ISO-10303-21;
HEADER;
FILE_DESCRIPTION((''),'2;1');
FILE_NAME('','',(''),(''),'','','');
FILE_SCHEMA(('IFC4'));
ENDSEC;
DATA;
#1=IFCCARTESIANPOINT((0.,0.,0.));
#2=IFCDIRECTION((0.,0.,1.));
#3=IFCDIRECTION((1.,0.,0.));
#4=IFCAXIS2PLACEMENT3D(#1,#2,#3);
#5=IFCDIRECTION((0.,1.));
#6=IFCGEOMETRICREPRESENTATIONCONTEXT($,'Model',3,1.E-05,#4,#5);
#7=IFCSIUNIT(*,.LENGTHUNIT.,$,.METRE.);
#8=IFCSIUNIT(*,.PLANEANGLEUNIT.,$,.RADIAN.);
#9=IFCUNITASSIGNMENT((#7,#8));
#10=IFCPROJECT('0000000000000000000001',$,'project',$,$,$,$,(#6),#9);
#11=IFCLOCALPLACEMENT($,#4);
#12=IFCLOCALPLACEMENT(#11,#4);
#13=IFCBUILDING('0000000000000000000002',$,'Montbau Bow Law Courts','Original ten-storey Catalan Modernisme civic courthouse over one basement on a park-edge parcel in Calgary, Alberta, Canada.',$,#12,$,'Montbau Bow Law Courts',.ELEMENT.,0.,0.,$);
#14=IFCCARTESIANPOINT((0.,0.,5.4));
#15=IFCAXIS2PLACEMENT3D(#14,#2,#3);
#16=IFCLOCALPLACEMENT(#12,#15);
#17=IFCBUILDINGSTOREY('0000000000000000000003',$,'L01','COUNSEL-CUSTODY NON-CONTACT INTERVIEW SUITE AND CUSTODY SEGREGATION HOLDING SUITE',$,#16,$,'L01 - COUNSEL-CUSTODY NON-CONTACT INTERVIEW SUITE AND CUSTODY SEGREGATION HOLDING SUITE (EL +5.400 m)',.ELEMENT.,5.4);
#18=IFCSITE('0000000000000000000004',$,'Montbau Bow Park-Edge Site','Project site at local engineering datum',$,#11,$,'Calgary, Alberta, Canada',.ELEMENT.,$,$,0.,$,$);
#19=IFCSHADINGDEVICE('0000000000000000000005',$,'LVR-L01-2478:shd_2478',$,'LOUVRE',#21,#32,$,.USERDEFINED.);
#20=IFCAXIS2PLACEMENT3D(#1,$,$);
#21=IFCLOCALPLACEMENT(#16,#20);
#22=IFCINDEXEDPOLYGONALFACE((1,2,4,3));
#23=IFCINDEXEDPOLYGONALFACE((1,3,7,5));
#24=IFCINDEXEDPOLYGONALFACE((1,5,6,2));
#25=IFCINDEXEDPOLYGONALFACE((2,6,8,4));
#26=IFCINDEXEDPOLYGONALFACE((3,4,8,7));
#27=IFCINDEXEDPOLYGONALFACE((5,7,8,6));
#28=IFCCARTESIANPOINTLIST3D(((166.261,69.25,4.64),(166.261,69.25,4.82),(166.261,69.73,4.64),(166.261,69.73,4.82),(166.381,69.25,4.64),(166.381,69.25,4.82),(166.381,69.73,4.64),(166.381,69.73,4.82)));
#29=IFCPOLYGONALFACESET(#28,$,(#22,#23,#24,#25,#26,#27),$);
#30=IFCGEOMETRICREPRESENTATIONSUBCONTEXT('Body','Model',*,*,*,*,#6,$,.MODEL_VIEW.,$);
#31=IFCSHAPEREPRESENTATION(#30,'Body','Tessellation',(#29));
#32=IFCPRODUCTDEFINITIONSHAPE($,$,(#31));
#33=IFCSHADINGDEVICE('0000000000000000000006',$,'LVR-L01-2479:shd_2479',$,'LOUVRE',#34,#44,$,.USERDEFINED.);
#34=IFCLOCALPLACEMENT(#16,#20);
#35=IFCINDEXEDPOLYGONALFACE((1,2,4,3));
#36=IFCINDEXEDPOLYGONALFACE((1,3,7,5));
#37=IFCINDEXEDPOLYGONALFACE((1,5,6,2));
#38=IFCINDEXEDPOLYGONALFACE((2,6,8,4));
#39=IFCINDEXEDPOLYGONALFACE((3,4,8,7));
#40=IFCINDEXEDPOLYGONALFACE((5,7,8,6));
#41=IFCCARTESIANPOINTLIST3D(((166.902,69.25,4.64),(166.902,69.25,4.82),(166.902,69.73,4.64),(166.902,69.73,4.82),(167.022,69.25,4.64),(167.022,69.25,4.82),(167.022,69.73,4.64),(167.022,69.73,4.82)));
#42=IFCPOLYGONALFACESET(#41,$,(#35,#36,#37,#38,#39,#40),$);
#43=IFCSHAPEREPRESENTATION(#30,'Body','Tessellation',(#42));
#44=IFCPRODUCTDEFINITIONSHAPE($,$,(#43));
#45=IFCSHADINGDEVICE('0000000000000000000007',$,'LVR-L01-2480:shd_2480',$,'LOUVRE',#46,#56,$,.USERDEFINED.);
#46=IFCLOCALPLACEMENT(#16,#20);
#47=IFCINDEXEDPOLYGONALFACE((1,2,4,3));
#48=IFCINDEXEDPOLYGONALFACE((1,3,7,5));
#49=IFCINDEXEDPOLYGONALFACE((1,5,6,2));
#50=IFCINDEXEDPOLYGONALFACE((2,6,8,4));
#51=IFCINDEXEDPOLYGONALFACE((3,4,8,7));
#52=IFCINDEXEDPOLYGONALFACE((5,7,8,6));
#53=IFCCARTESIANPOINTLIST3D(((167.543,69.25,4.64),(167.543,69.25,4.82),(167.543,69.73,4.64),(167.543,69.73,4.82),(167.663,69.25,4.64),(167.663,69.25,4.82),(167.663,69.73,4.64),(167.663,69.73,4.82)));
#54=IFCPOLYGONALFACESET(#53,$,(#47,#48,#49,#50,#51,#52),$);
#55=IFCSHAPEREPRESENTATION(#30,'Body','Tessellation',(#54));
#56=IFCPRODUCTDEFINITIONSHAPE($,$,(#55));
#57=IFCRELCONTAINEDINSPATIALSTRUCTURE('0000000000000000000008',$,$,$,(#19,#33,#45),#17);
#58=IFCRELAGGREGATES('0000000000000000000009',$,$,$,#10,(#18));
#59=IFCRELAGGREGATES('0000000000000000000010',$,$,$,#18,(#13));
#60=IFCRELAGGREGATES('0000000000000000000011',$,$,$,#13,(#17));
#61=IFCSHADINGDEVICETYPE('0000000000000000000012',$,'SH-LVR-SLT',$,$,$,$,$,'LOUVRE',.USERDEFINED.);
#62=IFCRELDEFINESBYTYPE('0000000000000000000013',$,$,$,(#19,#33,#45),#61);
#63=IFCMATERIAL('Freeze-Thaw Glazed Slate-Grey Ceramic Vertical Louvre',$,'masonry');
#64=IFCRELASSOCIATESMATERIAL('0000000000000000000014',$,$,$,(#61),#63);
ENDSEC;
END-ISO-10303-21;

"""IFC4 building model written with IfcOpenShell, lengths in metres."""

from ifc_helpers import new_model, si_unit, direction, frame, origin_with_axes, origin_2d_with_axis, place, context, subcontext, project, spatial, rectangle, extrude, material, type_object, element, save


model = new_model("IFC4")

# Units and contexts
model_context = context("Model", 3, precision=1e-05, world=origin_with_axes(), true_north=direction((0.0, 1.0)))
body_context = subcontext(model_context, "Body", "Model", "MODEL_VIEW")
ifc_project = project(units=[si_unit("LENGTHUNIT", "METRE"), si_unit("PLANEANGLEUNIT", "RADIAN")], contexts=[model_context])

# Site, building, storey
site_placement = place(None, origin_with_axes())
site = spatial("IfcSite", under=ifc_project, at=site_placement, Name="Montbau Bow Park-Edge Site", Description="Project site at local engineering datum", LongName="Calgary, Alberta, Canada", CompositionType="ELEMENT", RefElevation=0.0)
building_placement = place(site_placement, origin_with_axes())
building = spatial("IfcBuilding", under=site, at=building_placement, Name="Montbau Bow Law Courts", Description="Original ten-storey Catalan Modernisme civic courthouse over one basement on a park-edge parcel in Calgary, Alberta, Canada.", LongName="Montbau Bow Law Courts", CompositionType="ELEMENT", ElevationOfRefHeight=0.0, ElevationOfTerrain=0.0)
storey_placement = place(building_placement, frame((0.0, 0.0, 5.4), z_axis=(0.0, 0.0, 1.0), x_axis=(1.0, 0.0, 0.0)))
storey = spatial("IfcBuildingStorey", under=building, at=storey_placement, Name="L01", Description="COUNSEL-CUSTODY NON-CONTACT INTERVIEW SUITE AND CUSTODY SEGREGATION HOLDING SUITE", LongName="L01 - COUNSEL-CUSTODY NON-CONTACT INTERVIEW SUITE AND CUSTODY SEGREGATION HOLDING SUITE (EL +5.400 m)", CompositionType="ELEMENT", Elevation=5.4)

# Shading devices
ifc_material_1 = material(Name="Freeze-Thaw Glazed Slate-Grey Ceramic Vertical Louvre", Category="masonry")
shading_device_type = type_object("IfcShadingDeviceType", Name="SH-LVR-SLT", ElementType="LOUVRE", PredefinedType="USERDEFINED", material=ifc_material_1)
for number, where, z_axis, x_axis, name in (
    (1, (166.321, 69.49, 10.04), (0.0, 0.0, 1.0), (0.0, -1.0, 0.0), "LVR-L01-2478:shd_2478"),
    (2, (166.962, 69.49, 10.04), (0.0, 0.0, 1.0), (0.0, -1.0, 0.0), "LVR-L01-2479:shd_2479"),
    (3, (167.603, 69.49, 10.04), (0.0, 0.0, 1.0), (0.0, -1.0, 0.0), "LVR-L01-2480:shd_2480"),
):
    element("IfcShadingDevice", number, at=place(None, frame(where, z_axis=z_axis, x_axis=x_axis)), inside=storey, type_object=shading_device_type, Name=name, ObjectType="LOUVRE", PredefinedType="USERDEFINED", context=body_context, shape_type="SweptSolid", body=[
        extrude(rectangle(XDim=0.48, YDim=0.12, at=origin_2d_with_axis()), origin_with_axes(), (0.0, 0.0, 1.0), 0.18),
    ])

save(model, "model.ifc")
